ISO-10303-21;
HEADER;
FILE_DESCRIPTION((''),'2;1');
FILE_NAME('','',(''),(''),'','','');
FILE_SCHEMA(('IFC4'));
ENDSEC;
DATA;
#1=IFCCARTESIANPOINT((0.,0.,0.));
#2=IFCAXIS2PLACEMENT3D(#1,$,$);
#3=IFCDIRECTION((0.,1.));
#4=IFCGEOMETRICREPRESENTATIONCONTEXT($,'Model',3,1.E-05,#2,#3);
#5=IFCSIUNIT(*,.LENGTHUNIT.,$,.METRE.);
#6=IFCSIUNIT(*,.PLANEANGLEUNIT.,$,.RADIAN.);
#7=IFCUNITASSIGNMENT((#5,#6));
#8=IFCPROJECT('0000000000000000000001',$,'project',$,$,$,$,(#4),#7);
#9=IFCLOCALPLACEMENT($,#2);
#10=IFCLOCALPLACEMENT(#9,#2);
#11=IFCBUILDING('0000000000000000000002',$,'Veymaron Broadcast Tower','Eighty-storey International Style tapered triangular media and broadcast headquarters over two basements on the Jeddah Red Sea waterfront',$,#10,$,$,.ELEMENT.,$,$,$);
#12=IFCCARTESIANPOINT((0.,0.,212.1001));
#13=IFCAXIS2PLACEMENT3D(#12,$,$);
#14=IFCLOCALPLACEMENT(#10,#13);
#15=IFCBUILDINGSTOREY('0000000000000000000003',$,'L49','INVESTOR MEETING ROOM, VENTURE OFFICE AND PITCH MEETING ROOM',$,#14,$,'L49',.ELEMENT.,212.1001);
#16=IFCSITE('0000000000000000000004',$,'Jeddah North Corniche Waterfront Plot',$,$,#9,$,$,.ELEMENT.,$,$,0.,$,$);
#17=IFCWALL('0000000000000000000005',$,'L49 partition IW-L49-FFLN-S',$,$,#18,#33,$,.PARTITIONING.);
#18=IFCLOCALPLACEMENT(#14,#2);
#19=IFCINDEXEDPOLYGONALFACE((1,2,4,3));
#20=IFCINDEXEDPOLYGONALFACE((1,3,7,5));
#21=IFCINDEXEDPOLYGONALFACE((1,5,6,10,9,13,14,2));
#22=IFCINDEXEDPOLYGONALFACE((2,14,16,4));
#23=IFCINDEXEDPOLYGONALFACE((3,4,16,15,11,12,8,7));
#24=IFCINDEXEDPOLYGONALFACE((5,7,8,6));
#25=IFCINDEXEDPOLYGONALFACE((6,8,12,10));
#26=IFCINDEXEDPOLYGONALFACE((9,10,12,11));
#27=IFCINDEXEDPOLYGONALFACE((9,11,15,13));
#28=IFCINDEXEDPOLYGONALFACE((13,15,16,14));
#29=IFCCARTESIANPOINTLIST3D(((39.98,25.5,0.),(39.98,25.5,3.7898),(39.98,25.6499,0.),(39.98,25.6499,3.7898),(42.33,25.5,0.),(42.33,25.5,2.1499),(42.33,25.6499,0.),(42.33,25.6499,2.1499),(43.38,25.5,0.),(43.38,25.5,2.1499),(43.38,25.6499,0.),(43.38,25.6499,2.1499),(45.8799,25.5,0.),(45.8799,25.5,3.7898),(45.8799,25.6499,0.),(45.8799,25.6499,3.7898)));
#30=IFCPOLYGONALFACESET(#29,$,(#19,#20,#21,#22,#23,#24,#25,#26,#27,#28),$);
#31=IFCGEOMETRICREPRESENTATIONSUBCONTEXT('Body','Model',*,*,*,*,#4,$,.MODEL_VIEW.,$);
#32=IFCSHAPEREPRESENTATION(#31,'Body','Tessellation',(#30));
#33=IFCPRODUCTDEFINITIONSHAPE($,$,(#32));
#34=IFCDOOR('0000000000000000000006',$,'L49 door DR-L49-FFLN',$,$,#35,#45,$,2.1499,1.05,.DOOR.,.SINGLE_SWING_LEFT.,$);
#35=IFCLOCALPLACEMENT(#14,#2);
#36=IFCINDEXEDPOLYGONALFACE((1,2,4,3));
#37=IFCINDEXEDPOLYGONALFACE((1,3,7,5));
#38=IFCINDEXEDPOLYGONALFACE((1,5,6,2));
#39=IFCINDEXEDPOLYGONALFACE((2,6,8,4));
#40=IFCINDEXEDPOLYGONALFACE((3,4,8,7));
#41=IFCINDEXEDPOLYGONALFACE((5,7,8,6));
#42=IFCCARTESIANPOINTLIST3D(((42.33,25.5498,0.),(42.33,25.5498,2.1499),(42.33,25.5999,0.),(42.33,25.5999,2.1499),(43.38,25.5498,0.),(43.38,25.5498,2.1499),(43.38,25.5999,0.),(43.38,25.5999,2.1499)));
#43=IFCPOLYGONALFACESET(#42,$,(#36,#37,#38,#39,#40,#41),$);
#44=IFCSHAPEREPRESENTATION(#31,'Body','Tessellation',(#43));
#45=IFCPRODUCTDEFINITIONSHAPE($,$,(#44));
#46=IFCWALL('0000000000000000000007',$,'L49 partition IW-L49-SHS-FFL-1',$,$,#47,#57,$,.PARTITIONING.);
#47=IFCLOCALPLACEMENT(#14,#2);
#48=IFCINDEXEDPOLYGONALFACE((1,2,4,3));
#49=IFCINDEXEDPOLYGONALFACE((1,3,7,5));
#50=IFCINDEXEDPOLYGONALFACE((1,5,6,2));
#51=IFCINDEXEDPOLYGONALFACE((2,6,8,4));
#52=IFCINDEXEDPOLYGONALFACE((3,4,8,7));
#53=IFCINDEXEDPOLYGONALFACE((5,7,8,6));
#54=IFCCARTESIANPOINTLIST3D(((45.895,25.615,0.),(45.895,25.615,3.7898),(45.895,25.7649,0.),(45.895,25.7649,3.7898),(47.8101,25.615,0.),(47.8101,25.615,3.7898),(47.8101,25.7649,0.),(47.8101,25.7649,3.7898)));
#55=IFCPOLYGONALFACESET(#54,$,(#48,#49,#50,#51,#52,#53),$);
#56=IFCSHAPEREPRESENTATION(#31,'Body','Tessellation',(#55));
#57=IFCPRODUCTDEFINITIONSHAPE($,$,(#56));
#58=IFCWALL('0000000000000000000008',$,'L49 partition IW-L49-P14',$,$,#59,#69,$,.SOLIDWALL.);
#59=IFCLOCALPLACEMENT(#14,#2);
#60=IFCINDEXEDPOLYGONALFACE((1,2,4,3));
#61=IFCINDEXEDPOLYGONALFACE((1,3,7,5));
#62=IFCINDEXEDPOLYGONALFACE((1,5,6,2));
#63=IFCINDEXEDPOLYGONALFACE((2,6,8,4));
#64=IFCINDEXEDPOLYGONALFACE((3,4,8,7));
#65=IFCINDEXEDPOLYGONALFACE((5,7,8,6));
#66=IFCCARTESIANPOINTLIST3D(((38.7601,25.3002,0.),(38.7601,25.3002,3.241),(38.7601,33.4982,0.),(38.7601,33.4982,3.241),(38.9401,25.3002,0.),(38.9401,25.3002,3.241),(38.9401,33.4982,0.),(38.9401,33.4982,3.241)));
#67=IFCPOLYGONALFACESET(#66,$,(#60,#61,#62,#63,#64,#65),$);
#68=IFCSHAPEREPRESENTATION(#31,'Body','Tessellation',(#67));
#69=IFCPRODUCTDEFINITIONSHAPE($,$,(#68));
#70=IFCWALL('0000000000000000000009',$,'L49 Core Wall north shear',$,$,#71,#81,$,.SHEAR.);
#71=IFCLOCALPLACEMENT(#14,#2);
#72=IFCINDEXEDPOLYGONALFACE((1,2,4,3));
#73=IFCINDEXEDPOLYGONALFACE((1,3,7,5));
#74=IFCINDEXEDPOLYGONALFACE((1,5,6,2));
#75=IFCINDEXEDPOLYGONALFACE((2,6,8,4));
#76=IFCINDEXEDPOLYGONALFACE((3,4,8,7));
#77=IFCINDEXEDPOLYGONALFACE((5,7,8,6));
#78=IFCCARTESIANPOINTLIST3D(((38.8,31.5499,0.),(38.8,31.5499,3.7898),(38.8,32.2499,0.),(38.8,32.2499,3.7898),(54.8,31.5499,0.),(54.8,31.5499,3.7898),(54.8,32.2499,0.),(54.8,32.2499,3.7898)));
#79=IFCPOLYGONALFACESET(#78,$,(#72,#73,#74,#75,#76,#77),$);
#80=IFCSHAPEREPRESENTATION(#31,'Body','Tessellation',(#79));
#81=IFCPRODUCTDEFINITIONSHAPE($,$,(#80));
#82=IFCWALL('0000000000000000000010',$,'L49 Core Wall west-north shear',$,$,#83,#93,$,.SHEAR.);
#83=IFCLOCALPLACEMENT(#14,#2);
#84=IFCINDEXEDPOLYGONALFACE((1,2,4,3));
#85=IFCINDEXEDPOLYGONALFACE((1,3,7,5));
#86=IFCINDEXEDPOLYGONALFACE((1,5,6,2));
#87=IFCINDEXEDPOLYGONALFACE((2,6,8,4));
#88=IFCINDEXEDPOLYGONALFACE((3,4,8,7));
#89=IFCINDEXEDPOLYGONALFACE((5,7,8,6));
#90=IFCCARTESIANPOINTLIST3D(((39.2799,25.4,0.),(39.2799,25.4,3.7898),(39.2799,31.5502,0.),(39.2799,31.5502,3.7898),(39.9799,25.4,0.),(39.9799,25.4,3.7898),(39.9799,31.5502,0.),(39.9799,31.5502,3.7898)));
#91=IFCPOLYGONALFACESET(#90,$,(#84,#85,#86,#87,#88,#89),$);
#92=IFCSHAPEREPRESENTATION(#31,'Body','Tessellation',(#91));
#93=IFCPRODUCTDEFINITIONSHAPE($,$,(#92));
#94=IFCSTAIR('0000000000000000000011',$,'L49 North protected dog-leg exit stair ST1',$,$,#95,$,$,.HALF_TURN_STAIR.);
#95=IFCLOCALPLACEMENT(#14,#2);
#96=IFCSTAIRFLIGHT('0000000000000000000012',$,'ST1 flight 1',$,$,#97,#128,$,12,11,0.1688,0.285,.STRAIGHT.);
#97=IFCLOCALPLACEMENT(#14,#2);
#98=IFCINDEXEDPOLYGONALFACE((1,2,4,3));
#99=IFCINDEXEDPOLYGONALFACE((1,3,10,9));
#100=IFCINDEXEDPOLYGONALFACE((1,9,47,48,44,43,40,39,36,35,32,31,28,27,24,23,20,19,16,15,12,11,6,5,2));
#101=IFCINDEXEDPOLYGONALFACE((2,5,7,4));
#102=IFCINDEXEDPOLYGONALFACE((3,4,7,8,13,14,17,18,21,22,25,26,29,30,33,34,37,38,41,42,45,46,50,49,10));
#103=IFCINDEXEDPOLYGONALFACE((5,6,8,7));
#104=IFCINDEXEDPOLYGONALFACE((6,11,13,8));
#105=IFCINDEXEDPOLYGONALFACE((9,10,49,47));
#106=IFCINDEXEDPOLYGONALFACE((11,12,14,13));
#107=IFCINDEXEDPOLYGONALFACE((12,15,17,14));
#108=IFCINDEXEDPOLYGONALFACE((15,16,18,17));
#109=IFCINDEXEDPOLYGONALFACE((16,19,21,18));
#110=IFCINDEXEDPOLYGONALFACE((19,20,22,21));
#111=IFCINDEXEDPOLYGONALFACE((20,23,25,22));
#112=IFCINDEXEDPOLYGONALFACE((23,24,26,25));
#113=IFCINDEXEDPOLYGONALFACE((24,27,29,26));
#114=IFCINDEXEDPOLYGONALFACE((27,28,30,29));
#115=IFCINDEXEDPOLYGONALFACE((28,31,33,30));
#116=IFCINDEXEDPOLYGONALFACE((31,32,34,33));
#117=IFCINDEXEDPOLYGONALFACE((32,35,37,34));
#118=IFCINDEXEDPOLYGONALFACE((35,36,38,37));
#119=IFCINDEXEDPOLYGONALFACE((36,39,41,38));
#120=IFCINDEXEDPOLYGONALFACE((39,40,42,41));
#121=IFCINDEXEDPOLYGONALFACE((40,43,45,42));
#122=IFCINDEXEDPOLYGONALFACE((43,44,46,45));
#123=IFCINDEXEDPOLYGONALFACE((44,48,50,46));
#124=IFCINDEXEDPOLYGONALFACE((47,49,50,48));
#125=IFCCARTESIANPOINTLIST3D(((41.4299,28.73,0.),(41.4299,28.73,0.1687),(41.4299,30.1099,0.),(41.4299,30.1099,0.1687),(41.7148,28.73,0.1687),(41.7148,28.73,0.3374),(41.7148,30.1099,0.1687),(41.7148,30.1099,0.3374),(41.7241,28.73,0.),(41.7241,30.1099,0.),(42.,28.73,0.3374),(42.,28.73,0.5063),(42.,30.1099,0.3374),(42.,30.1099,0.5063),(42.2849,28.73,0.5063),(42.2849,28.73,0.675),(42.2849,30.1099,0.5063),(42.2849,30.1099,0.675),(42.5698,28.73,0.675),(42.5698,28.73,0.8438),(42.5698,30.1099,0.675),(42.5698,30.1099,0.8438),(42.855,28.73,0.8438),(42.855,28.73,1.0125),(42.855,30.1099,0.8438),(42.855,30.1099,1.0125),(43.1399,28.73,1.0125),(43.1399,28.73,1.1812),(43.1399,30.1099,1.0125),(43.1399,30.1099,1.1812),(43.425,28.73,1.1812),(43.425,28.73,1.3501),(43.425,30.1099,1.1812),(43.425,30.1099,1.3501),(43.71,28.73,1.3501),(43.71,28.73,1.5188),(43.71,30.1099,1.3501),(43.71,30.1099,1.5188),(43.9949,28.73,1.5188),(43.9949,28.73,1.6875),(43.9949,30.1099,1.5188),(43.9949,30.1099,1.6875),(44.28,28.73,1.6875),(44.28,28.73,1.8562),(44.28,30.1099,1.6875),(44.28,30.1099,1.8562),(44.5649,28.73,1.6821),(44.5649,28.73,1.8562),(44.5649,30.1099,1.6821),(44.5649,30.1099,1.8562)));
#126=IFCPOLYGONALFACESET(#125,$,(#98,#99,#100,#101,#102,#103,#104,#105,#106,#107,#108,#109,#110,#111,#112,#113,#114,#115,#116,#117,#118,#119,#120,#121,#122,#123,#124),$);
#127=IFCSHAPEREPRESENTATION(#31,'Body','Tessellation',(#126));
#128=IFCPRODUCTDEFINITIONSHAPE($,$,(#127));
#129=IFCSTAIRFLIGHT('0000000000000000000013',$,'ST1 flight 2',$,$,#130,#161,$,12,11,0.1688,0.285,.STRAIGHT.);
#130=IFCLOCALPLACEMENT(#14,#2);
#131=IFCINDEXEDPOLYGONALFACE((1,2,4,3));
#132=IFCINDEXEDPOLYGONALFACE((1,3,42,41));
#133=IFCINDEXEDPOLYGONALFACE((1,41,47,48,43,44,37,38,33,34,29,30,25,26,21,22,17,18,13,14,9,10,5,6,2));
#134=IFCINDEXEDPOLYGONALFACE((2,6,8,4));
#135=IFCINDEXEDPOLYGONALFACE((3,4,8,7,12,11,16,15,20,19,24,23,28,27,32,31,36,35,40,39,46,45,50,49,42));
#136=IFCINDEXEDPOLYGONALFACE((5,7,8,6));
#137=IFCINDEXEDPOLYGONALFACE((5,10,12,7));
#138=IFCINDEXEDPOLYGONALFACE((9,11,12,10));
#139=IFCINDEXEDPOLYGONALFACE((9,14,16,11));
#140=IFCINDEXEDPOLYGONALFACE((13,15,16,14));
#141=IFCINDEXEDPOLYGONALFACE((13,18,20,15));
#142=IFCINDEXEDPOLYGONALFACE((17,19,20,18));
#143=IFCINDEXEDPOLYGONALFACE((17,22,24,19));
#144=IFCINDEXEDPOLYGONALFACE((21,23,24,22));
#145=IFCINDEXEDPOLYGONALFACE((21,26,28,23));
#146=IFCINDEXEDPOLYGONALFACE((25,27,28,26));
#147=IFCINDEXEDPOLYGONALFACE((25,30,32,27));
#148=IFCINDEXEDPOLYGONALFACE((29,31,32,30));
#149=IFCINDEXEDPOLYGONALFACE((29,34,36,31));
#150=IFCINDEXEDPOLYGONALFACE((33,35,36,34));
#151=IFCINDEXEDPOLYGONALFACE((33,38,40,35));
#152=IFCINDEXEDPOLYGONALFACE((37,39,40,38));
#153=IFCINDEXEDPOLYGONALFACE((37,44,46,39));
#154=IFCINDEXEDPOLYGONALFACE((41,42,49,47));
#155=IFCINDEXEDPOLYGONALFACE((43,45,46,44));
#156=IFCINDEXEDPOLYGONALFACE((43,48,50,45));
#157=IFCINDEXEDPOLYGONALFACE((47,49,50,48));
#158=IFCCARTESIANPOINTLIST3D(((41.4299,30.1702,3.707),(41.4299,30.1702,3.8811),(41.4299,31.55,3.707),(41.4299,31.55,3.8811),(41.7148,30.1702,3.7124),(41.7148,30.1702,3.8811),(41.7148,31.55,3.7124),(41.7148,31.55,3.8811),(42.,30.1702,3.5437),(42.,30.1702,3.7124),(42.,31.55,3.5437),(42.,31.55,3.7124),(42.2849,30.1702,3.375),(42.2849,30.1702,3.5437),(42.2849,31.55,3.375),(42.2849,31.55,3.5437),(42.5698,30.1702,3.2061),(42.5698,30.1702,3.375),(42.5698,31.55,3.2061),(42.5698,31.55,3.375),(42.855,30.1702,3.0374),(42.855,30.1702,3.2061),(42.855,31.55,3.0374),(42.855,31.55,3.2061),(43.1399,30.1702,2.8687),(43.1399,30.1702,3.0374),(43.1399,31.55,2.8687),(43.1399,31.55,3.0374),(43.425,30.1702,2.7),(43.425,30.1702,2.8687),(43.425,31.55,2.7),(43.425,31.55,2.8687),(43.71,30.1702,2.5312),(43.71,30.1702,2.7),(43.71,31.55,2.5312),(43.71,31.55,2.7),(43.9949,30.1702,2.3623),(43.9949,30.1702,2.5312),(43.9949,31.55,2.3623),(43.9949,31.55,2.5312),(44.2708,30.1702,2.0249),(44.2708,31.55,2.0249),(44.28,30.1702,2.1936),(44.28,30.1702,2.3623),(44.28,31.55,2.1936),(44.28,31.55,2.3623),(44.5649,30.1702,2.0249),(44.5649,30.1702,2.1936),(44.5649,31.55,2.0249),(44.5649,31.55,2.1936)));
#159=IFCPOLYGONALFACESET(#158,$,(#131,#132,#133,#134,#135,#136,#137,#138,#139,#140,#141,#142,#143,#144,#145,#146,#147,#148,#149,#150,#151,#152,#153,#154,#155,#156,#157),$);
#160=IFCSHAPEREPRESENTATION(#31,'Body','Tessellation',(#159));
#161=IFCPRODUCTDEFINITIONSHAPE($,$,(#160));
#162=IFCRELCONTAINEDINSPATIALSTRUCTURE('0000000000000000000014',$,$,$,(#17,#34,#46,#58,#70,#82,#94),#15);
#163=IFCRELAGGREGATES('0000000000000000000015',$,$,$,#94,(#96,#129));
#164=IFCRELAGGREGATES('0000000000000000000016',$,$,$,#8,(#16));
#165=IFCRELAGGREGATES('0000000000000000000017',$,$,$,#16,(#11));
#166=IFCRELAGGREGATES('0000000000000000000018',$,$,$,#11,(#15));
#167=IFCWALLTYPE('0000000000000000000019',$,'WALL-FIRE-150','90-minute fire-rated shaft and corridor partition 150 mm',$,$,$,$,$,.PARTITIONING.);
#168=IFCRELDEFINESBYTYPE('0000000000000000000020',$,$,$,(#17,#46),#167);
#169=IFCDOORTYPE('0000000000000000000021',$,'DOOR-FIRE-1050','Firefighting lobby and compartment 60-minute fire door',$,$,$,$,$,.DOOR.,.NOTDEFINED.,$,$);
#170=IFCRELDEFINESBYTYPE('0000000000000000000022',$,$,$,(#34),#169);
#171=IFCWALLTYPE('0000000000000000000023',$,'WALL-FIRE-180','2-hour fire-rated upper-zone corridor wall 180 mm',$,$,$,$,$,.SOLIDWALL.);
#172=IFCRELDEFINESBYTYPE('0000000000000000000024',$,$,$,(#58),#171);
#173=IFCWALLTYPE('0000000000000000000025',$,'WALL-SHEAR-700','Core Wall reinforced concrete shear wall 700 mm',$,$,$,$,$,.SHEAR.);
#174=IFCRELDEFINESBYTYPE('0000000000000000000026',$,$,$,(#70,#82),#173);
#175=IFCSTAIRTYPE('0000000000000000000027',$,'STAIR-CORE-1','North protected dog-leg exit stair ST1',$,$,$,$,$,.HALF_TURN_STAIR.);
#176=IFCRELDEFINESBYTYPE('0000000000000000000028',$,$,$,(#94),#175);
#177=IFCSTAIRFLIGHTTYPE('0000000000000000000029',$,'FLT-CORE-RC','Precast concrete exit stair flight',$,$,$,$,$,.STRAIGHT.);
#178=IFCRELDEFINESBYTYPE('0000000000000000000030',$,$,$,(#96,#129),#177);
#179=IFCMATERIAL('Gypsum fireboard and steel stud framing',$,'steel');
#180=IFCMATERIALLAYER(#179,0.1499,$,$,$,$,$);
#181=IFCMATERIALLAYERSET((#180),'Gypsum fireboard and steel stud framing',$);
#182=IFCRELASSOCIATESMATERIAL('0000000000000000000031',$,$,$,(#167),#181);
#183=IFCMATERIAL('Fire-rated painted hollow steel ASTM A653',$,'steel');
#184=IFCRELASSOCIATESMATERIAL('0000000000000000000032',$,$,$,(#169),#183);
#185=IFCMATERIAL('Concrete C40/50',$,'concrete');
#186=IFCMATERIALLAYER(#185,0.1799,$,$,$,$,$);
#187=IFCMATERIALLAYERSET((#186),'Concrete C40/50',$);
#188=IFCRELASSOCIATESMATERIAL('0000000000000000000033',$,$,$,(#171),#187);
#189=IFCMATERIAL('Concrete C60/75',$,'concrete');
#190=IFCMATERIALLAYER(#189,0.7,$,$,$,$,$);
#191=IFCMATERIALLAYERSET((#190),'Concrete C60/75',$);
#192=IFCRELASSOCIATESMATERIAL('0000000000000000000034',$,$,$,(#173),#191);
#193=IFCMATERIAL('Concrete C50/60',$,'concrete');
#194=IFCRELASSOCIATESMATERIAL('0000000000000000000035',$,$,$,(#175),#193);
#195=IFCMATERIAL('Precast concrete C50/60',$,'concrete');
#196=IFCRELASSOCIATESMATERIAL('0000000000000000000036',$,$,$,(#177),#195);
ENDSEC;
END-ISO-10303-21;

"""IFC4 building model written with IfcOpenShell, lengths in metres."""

from ifc_helpers import new_model, si_unit, direction, frame, frame_2d, origin, place, context, subcontext, project, spatial, polyline, rectangle, outline, extrude, material, layer, layer_set, type_object, element, fill, aggregate, save


model = new_model("IFC4")

# Units and contexts
model_context = context("Model", 3, precision=1e-05, world=origin(), true_north=direction((0.0, 1.0)))
body_context = subcontext(model_context, "Body", "Model", "MODEL_VIEW")
ifc_project = project(units=[si_unit("LENGTHUNIT", "METRE"), si_unit("PLANEANGLEUNIT", "RADIAN")], contexts=[model_context])

# Site, building, storey
site_placement = place(None, origin())
site = spatial("IfcSite", under=ifc_project, at=site_placement, Name="Jeddah North Corniche Waterfront Plot", CompositionType="ELEMENT", RefElevation=0.0)
building_placement = place(site_placement, origin())
building = spatial("IfcBuilding", under=site, at=building_placement, Name="Veymaron Broadcast Tower", Description="Eighty-storey International Style tapered triangular media and broadcast headquarters over two basements on the Jeddah Red Sea waterfront", CompositionType="ELEMENT")
storey_placement = place(building_placement, frame((0.0, 0.0, 212.1001)))
storey = spatial("IfcBuildingStorey", under=building, at=storey_placement, Name="L49", Description="INVESTOR MEETING ROOM, VENTURE OFFICE AND PITCH MEETING ROOM", LongName="L49", CompositionType="ELEMENT", Elevation=212.1001)

# Wall, opening, door
ifc_material_1 = material(Name="Gypsum fireboard and steel stud framing", Category="steel")
ifc_layer_1 = layer(ifc_material_1, 0.1499)
ifc_layer_set_1 = layer_set([ifc_layer_1], Name="Gypsum fireboard and steel stud framing")
wall_type_1 = type_object("IfcWallType", Name="WALL-FIRE-150", Description="90-minute fire-rated shaft and corridor partition 150 mm", PredefinedType="PARTITIONING", material=ifc_layer_set_1)
wall_1_placement = place(storey_placement, frame((39.98, 25.575, 0.0), z_axis=(0.0, 0.0, 1.0), x_axis=(1.0, 0.0, 0.0)))
wall_1 = element("IfcWall", 1, at=wall_1_placement, inside=storey, type_object=wall_type_1, Name="L49 partition IW-L49-FFLN-S", PredefinedType="PARTITIONING", context=body_context, shape_type="SweptSolid", body=[
    extrude(rectangle(XDim=5.8999, YDim=0.1499, at=frame_2d((2.95, 0.0))), origin(), (0.0, 0.0, 1.0), 3.7898),
])
opening_1_placement = place(wall_1_placement, frame((2.3501, 0.0, 0.0)))
opening_1 = element("IfcOpeningElement", 2, at=opening_1_placement, cuts=wall_1, PredefinedType="OPENING", context=body_context, shape_type="SweptSolid", body=[
    extrude(rectangle(XDim=1.05, YDim=2.1499, at=frame_2d((0.5249, 1.075))), frame((0.0, 0.085, 0.0), z_axis=(0.0, -1.0, 0.0), x_axis=(1.0, 0.0, 0.0)), (0.0, 0.0, 1.0), 0.1699),
])
ifc_material_2 = material(Name="Fire-rated painted hollow steel ASTM A653", Category="steel")
door_type_1 = type_object("IfcDoorType", Name="DOOR-FIRE-1050", Description="Firefighting lobby and compartment 60-minute fire door", OperationType="NOTDEFINED", PredefinedType="DOOR", material=ifc_material_2)
door_1_placement = place(opening_1_placement, origin())
door_1 = element("IfcDoor", 3, at=door_1_placement, inside=storey, type_object=door_type_1, Name="L49 door DR-L49-FFLN", OperationType="SINGLE_SWING_LEFT", OverallHeight=2.1499, OverallWidth=1.05, PredefinedType="DOOR", context=body_context, shape_type="SweptSolid", body=[
    extrude(rectangle(XDim=1.05, YDim=2.1499, at=frame_2d((0.5249, 1.075))), frame((0.0, 0.0249, 0.0), z_axis=(0.0, -1.0, 0.0), x_axis=(1.0, 0.0, 0.0)), (0.0, 0.0, 1.0), 0.05),
])
fill(opening_1, door_1)

# Walls
wall_2_placement = place(storey_placement, frame((45.895, 25.6899, 0.0), z_axis=(0.0, 0.0, 1.0), x_axis=(1.0, 0.0, 0.0)))
element("IfcWall", 4, at=wall_2_placement, inside=storey, type_object=wall_type_1, Name="L49 partition IW-L49-SHS-FFL-1", PredefinedType="PARTITIONING", context=body_context, shape_type="SweptSolid", body=[
    extrude(rectangle(XDim=1.915, YDim=0.1499, at=frame_2d((0.9575, 0.0))), origin(), (0.0, 0.0, 1.0), 3.7898),
])
ifc_material_3 = material(Name="Concrete C40/50", Category="concrete")
ifc_layer_2 = layer(ifc_material_3, 0.1799)
ifc_layer_set_2 = layer_set([ifc_layer_2], Name="Concrete C40/50")
wall_type_2 = type_object("IfcWallType", Name="WALL-FIRE-180", Description="2-hour fire-rated upper-zone corridor wall 180 mm", PredefinedType="SOLIDWALL", material=ifc_layer_set_2)
wall_3_placement = place(storey_placement, frame((38.8501, 25.3, 0.0), z_axis=(0.0, 0.0, 1.0), x_axis=(0.0, 1.0, 0.0)))
element("IfcWall", 5, at=wall_3_placement, inside=storey, type_object=wall_type_2, Name="L49 partition IW-L49-P14", PredefinedType="SOLIDWALL", context=body_context, shape_type="SweptSolid", body=[
    extrude(rectangle(XDim=8.198, YDim=0.1799, at=frame_2d((4.0991, 0.0))), origin(), (0.0, 0.0, 1.0), 3.241),
])

# Shared definitions
ifc_material_4 = material(Name="Concrete C50/60", Category="concrete")

# Walls
ifc_material_5 = material(Name="Concrete C60/75", Category="concrete")
ifc_layer_3 = layer(ifc_material_5, 0.7)
ifc_layer_set_3 = layer_set([ifc_layer_3], Name="Concrete C60/75")
wall_type_3 = type_object("IfcWallType", Name="WALL-SHEAR-700", Description="Core Wall reinforced concrete shear wall 700 mm", PredefinedType="SHEAR", material=ifc_layer_set_3)
wall_4_placement = place(storey_placement, frame((38.8, 31.8999, 0.0), z_axis=(0.0, 0.0, 1.0), x_axis=(1.0, 0.0, 0.0)))
element("IfcWall", 6, at=wall_4_placement, inside=storey, type_object=wall_type_3, Name="L49 Core Wall north shear", PredefinedType="SHEAR", context=body_context, shape_type="SweptSolid", body=[
    extrude(rectangle(XDim=16.0, YDim=0.7, at=frame_2d((8.0, 0.0))), origin(), (0.0, 0.0, 1.0), 3.7898),
])
wall_5_placement = place(storey_placement, frame((39.6299, 25.3999, 0.0), z_axis=(0.0, 0.0, 1.0), x_axis=(0.0, 1.0, 0.0)))
element("IfcWall", 7, at=wall_5_placement, inside=storey, type_object=wall_type_3, Name="L49 Core Wall west-north shear", PredefinedType="SHEAR", context=body_context, shape_type="SweptSolid", body=[
    extrude(rectangle(XDim=6.1501, YDim=0.7, at=frame_2d((3.0752, 0.0))), origin(), (0.0, 0.0, 1.0), 3.7898),
])

# Stair, stair flights
stair_type = type_object("IfcStairType", Name="STAIR-CORE-1", Description="North protected dog-leg exit stair ST1", PredefinedType="HALF_TURN_STAIR", material=ifc_material_4)
stair_placement = place(storey_placement, origin())
stair = element("IfcStair", 8, at=stair_placement, inside=storey, type_object=stair_type, Name="L49 North protected dog-leg exit stair ST1", PredefinedType="HALF_TURN_STAIR")
ifc_material_6 = material(Name="Precast concrete C50/60", Category="concrete")
stair_flight_type = type_object("IfcStairFlightType", Name="FLT-CORE-RC", Description="Precast concrete exit stair flight", PredefinedType="STRAIGHT", material=ifc_material_6)
stair_flight_1_placement = place(storey_placement, frame((41.4299, 29.4199, 0.0), z_axis=(0.0, 0.0, 1.0), x_axis=(1.0, 0.0, 0.0)))
stair_flight_1 = element("IfcStairFlight", 9, at=stair_flight_1_placement, type_object=stair_flight_type, Name="ST1 flight 1", NumberOfRisers=12, NumberOfTreads=11, PredefinedType="STRAIGHT", RiserHeight=0.1688, TreadLength=0.285, context=body_context, shape_type="SweptSolid", body=[
    extrude(outline(polyline([(0.0, 0.0), (0.0, 0.1687), (0.2849, 0.1687), (0.2849, 0.3374), (0.5701, 0.3374), (0.5701, 0.5063), (0.855, 0.5063), (0.855, 0.675), (1.1399, 0.675), (1.1399, 0.8438), (1.425, 0.8438), (1.425, 1.0125), (1.71, 1.0125), (1.71, 1.1812), (1.9951, 1.1812), (1.9951, 1.3501), (2.28, 1.3501), (2.28, 1.5188), (2.5649, 1.5188), (2.5649, 1.6875), (2.8501, 1.6875), (2.8501, 1.8562), (3.135, 1.8562), (3.135, 2.0249), (3.135, 1.6821), (0.2942, 0.0), (0.0, 0.0)])), frame((0.0, 0.6899, 0.0), z_axis=(0.0, -1.0, 0.0), x_axis=(1.0, 0.0, 0.0)), (0.0, 0.0, 1.0), 1.3799),
])
stair_flight_2_placement = place(storey_placement, frame((44.5649, 30.8601, 2.0249), z_axis=(0.0, 0.0, 1.0), x_axis=(-1.0, 0.0, 0.0)))
stair_flight_2 = element("IfcStairFlight", 10, at=stair_flight_2_placement, type_object=stair_flight_type, Name="ST1 flight 2", NumberOfRisers=12, NumberOfTreads=11, PredefinedType="STRAIGHT", RiserHeight=0.1688, TreadLength=0.285, context=body_context, shape_type="SweptSolid", body=[
    extrude(outline(polyline([(0.0, 0.0), (0.0, 0.1687), (0.2849, 0.1687), (0.2849, 0.3374), (0.5701, 0.3374), (0.5701, 0.5063), (0.855, 0.5063), (0.855, 0.675), (1.1399, 0.675), (1.1399, 0.8438), (1.425, 0.8438), (1.425, 1.0125), (1.71, 1.0125), (1.71, 1.1812), (1.9951, 1.1812), (1.9951, 1.3501), (2.28, 1.3501), (2.28, 1.5188), (2.5649, 1.5188), (2.5649, 1.6875), (2.8501, 1.6875), (2.8501, 1.8562), (3.135, 1.8562), (3.135, 2.0249), (3.135, 1.6821), (0.2942, 0.0), (0.0, 0.0)])), frame((0.0, 0.6899, 0.0), z_axis=(0.0, -1.0, 0.0), x_axis=(1.0, 0.0, 0.0)), (0.0, 0.0, 1.0), 1.3799),
])
aggregate(stair, [stair_flight_1, stair_flight_2])

save(model, "model.ifc")
